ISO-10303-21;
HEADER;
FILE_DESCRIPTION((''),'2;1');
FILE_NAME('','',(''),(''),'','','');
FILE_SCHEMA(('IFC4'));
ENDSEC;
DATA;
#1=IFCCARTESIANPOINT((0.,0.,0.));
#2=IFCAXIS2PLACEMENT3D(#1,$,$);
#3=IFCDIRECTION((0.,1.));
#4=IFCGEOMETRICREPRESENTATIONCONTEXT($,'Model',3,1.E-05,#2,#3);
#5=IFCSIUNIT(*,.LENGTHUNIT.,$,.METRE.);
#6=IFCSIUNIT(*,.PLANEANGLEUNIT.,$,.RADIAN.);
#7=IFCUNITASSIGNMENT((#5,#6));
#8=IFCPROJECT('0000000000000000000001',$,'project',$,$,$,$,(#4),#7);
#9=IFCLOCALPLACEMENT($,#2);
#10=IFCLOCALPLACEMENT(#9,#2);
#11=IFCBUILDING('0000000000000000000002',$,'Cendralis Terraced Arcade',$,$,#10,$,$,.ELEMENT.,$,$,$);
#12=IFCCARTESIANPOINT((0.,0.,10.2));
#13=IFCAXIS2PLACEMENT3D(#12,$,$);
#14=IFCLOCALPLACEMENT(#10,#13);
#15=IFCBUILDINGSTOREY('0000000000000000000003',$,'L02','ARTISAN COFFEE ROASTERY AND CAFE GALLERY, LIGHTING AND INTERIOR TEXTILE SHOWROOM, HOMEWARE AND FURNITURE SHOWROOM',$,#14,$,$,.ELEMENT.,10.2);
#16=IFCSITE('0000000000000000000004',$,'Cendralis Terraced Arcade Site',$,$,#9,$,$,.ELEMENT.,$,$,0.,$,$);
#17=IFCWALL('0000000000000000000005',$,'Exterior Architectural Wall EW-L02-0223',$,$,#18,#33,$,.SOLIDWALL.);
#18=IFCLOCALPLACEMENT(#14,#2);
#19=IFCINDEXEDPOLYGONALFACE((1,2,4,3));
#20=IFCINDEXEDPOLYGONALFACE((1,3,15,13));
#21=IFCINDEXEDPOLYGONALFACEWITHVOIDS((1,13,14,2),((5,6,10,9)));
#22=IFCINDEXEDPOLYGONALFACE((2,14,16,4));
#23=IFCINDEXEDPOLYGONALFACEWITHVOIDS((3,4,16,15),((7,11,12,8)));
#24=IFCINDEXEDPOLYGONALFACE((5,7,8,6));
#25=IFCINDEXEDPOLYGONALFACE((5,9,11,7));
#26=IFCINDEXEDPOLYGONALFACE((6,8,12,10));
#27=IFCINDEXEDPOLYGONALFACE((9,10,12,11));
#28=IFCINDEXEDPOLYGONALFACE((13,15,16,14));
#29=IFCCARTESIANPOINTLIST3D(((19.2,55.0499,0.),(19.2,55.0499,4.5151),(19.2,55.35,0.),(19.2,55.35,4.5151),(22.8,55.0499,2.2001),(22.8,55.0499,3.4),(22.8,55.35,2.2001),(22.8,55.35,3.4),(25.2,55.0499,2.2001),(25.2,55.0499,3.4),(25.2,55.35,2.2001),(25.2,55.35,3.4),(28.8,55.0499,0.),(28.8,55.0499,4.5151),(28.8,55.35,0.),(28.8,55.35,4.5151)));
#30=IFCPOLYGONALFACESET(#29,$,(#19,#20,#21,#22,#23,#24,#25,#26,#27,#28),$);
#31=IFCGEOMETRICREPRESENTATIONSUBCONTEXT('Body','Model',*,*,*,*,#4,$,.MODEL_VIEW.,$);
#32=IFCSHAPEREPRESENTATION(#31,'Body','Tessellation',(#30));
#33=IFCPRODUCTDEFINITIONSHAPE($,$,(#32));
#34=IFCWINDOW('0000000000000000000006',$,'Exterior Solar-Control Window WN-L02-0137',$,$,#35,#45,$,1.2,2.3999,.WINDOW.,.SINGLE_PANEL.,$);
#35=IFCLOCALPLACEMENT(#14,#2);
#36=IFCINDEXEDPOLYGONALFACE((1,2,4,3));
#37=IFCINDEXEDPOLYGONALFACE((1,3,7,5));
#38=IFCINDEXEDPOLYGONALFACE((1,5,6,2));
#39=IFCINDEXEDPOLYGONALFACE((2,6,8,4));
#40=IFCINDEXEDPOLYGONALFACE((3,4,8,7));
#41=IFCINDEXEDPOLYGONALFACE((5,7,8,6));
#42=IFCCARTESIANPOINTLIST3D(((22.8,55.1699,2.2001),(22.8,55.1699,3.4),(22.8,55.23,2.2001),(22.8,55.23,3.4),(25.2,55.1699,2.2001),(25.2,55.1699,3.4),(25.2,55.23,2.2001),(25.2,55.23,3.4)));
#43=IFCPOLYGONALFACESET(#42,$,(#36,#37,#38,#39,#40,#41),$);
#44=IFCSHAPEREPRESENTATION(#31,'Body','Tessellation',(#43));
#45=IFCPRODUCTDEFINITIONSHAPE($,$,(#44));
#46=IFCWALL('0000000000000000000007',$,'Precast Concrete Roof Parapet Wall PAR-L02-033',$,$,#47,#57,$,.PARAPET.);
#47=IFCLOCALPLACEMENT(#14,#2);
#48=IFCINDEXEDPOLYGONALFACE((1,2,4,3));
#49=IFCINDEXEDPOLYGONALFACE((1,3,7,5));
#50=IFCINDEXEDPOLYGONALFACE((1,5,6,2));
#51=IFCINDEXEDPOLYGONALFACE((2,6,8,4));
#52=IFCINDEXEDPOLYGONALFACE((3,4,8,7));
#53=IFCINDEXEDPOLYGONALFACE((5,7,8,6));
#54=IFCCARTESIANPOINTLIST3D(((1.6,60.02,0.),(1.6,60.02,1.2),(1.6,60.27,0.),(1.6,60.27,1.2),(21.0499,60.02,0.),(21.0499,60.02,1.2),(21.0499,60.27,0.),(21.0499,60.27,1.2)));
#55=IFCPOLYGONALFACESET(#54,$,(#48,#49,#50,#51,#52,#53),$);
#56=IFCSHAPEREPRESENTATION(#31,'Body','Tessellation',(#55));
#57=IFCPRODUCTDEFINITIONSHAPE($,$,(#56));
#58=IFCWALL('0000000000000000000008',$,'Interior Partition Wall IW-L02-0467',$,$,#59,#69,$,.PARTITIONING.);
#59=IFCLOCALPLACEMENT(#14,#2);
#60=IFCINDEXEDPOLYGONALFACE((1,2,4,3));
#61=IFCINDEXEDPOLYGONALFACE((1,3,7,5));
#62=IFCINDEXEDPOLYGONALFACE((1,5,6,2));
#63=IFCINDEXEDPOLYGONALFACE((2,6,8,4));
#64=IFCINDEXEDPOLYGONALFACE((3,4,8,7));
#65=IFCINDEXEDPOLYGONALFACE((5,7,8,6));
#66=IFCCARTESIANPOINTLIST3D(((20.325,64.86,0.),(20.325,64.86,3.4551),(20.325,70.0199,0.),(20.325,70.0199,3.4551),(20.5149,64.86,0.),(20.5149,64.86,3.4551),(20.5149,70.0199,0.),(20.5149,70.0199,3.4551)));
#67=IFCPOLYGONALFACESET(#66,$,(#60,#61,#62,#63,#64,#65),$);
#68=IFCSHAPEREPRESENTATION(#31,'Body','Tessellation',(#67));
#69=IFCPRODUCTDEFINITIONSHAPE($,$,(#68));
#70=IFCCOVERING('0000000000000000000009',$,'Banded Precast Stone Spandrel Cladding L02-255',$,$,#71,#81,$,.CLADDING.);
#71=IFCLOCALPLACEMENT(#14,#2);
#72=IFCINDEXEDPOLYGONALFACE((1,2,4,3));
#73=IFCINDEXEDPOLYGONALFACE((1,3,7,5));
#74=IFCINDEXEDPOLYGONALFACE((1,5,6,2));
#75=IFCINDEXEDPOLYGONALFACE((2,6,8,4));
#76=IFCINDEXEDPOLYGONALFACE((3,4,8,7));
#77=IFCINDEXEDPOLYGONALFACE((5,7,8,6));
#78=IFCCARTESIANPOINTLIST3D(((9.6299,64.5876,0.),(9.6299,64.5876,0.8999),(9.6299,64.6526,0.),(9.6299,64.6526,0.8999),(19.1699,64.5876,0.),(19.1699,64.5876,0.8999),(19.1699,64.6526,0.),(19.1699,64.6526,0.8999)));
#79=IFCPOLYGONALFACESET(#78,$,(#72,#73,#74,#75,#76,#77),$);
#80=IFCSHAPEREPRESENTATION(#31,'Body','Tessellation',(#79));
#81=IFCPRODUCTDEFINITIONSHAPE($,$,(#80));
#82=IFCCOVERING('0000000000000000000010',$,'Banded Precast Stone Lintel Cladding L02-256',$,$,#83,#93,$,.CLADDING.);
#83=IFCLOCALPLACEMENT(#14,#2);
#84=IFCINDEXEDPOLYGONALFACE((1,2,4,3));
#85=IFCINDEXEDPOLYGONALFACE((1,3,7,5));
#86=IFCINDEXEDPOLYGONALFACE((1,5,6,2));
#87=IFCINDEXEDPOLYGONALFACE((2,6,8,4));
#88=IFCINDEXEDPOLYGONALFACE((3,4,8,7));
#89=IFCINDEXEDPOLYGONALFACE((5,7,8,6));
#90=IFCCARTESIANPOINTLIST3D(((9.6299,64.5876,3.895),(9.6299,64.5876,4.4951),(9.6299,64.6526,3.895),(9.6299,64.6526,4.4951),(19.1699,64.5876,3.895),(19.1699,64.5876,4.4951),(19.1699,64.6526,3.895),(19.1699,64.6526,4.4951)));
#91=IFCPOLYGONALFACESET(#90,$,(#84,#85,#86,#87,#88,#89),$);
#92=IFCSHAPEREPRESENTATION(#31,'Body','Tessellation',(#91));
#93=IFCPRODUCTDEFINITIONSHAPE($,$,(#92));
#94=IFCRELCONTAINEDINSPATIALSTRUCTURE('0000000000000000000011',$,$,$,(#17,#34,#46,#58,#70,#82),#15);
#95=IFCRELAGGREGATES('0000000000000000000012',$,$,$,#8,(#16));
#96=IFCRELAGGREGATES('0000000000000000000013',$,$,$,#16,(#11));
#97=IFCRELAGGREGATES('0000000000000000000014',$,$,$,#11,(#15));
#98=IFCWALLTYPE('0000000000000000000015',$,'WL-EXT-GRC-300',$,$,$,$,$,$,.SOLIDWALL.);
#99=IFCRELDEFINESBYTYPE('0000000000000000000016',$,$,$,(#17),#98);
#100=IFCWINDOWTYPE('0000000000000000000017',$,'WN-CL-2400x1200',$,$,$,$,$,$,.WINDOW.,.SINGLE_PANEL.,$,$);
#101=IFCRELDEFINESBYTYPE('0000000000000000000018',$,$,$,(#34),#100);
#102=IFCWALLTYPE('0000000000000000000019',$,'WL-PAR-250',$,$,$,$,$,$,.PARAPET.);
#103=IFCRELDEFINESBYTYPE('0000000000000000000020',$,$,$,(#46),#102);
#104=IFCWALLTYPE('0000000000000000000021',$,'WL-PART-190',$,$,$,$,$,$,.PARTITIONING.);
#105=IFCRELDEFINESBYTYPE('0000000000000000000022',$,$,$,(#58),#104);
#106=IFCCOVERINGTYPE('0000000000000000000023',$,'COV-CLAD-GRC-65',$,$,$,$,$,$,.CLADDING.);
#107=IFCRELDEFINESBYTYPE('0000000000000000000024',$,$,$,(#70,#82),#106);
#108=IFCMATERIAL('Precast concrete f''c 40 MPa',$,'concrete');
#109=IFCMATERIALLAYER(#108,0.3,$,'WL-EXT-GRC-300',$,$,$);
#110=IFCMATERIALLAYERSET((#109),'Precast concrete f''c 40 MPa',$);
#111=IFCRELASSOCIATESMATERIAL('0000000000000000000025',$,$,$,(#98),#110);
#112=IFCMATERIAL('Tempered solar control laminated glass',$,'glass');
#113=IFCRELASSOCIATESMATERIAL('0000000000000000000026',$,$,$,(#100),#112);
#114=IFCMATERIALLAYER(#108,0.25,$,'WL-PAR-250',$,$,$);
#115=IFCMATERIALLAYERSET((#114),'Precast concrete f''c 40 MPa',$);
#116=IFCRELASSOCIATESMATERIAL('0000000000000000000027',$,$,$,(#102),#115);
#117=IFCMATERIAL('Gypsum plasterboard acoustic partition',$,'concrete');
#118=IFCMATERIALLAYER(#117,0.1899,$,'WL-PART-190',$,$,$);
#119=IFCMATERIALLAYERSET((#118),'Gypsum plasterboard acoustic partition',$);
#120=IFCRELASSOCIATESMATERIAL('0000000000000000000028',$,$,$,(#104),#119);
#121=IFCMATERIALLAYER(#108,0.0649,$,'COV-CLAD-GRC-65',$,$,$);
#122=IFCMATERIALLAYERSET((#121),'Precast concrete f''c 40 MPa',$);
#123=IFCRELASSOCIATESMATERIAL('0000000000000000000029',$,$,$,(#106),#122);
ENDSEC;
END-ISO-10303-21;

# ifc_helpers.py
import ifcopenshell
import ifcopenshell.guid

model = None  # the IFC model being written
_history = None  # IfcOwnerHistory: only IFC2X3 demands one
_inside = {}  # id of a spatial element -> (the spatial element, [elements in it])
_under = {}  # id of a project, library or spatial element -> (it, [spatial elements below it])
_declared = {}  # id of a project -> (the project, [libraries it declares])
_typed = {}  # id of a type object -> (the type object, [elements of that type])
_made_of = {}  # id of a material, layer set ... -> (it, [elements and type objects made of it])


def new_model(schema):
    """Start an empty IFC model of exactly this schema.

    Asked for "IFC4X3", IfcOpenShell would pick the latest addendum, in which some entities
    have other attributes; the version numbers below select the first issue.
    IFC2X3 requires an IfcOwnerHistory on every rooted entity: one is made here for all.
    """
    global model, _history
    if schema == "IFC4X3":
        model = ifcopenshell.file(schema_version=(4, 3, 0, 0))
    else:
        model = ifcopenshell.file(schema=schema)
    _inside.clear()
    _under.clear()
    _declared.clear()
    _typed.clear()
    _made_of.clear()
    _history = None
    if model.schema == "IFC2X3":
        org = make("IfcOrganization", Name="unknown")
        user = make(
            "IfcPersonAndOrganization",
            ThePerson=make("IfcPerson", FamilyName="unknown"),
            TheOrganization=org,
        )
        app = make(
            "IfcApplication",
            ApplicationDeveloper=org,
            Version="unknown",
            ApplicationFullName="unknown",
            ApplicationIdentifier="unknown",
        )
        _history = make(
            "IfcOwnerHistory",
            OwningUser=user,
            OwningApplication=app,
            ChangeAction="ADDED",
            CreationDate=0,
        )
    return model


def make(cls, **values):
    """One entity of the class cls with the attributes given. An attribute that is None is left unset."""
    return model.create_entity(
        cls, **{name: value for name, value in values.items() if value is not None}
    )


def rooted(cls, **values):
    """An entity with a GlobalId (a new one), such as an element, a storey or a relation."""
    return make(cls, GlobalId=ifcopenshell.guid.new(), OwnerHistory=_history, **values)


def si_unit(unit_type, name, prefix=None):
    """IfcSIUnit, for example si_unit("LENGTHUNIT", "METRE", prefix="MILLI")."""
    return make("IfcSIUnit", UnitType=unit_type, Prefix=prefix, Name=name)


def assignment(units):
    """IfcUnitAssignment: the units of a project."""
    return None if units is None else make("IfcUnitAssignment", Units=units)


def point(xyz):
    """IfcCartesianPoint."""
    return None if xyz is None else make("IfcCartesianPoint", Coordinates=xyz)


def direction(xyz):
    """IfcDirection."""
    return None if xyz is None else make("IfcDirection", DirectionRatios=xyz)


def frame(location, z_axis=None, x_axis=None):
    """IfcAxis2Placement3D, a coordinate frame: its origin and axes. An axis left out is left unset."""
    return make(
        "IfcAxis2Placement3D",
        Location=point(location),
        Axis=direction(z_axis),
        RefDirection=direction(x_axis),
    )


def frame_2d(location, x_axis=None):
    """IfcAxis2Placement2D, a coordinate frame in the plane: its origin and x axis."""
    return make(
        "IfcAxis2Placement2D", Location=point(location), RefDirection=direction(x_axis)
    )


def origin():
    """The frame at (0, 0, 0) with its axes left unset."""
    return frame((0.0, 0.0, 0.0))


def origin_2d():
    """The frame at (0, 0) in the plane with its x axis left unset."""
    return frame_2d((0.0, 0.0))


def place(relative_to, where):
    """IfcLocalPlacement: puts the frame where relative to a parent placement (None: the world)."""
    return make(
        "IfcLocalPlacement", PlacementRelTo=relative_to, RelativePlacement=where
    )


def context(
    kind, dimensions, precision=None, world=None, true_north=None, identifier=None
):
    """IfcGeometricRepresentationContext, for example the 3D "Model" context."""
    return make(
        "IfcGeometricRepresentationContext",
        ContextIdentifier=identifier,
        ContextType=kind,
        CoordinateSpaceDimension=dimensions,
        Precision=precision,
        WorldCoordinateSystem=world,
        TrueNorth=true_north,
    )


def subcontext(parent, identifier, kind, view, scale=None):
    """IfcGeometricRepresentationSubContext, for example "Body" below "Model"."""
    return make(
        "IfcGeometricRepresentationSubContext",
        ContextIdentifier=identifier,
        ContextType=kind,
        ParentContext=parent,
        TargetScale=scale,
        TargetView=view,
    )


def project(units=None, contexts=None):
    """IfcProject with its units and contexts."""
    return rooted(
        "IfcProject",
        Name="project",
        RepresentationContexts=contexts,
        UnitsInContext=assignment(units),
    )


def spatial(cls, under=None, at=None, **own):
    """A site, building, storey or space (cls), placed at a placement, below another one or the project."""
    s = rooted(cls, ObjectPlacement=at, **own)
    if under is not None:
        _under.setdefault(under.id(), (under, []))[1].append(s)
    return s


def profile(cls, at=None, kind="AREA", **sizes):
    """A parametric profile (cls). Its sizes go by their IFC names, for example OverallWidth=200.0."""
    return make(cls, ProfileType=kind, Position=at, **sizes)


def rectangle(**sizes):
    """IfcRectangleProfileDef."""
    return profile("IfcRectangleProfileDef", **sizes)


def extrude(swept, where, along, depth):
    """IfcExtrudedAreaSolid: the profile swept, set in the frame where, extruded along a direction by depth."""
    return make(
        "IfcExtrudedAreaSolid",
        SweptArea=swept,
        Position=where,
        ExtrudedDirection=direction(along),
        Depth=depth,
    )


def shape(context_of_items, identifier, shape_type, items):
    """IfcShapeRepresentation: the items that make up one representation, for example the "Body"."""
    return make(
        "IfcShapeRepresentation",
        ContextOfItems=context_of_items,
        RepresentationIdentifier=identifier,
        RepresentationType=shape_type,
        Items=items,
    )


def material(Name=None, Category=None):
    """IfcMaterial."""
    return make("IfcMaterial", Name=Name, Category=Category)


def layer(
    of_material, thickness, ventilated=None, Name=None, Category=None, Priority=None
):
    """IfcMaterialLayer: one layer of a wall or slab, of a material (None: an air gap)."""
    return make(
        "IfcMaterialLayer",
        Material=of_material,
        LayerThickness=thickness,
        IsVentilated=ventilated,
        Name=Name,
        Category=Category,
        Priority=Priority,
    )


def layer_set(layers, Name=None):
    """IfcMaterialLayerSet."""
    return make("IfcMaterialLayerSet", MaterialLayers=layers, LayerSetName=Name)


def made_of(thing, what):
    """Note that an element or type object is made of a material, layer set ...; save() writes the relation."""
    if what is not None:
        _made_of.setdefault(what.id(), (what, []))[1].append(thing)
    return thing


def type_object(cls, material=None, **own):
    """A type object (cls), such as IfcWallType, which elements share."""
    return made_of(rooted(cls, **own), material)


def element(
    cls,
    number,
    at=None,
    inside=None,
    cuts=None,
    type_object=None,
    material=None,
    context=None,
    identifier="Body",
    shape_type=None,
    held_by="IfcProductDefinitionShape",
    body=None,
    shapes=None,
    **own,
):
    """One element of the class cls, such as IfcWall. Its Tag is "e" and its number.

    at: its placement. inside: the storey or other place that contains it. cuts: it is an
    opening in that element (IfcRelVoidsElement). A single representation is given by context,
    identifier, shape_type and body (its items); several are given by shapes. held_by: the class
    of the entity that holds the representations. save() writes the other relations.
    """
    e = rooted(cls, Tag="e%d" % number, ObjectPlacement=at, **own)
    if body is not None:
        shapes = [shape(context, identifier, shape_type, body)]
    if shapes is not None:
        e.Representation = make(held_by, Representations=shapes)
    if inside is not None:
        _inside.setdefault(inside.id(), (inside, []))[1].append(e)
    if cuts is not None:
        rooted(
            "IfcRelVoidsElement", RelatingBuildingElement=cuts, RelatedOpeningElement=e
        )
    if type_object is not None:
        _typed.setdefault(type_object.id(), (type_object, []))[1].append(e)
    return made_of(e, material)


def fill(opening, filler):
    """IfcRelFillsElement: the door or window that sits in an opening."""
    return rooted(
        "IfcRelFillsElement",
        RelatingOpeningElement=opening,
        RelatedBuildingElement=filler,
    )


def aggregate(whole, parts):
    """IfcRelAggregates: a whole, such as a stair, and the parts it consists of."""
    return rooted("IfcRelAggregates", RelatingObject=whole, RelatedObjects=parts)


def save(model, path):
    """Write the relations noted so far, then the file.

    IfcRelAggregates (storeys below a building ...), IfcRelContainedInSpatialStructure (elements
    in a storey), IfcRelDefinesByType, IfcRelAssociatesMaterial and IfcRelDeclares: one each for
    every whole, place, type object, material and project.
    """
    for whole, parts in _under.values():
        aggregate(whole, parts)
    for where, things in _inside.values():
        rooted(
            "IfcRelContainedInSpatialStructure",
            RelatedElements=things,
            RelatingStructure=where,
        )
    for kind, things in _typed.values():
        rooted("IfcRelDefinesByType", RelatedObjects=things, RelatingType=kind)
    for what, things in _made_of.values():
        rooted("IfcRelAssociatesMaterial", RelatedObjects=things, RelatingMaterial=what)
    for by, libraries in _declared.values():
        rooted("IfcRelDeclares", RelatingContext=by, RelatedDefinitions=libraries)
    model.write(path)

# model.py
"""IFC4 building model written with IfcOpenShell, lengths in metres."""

from ifc_helpers import new_model, si_unit, direction, frame, frame_2d, origin, origin_2d, place, context, subcontext, project, spatial, rectangle, extrude, material, layer, layer_set, type_object, element, fill, save


model = new_model("IFC4")

# Units and contexts
model_context = context("Model", 3, precision=1e-05, world=origin(), true_north=direction((0.0, 1.0)))
body_context = subcontext(model_context, "Body", "Model", "MODEL_VIEW")
ifc_project = project(units=[si_unit("LENGTHUNIT", "METRE"), si_unit("PLANEANGLEUNIT", "RADIAN")], contexts=[model_context])

# Site, building, storey
site_placement = place(None, origin())
site = spatial("IfcSite", under=ifc_project, at=site_placement, Name="Cendralis Terraced Arcade Site", CompositionType="ELEMENT", RefElevation=0.0)
building_placement = place(site_placement, origin())
building = spatial("IfcBuilding", under=site, at=building_placement, Name="Cendralis Terraced Arcade", CompositionType="ELEMENT")
storey_placement = place(building_placement, frame((0.0, 0.0, 10.2)))
storey = spatial("IfcBuildingStorey", under=building, at=storey_placement, Name="L02", Description="ARTISAN COFFEE ROASTERY AND CAFE GALLERY, LIGHTING AND INTERIOR TEXTILE SHOWROOM, HOMEWARE AND FURNITURE SHOWROOM", CompositionType="ELEMENT", Elevation=10.2)

# Shared definitions
ifc_material_1 = material(Name="Tempered solar control laminated glass", Category="glass")

# Wall, opening, window
ifc_material_2 = material(Name="Precast concrete f'c 40 MPa", Category="concrete")
ifc_layer_1 = layer(ifc_material_2, 0.3, Name="WL-EXT-GRC-300")
ifc_layer_set_1 = layer_set([ifc_layer_1], Name="Precast concrete f'c 40 MPa")
wall_type_1 = type_object("IfcWallType", Name="WL-EXT-GRC-300", PredefinedType="SOLIDWALL", material=ifc_layer_set_1)
wall_1_placement = place(storey_placement, frame((19.2, 55.2, 0.0), z_axis=(0.0, 0.0, 1.0), x_axis=(1.0, 0.0, 0.0)))
wall_1 = element("IfcWall", 1, at=wall_1_placement, inside=storey, type_object=wall_type_1, Name="Exterior Architectural Wall EW-L02-0223", PredefinedType="SOLIDWALL", context=body_context, shape_type="SweptSolid", body=[
    extrude(rectangle(XDim=9.6001, YDim=0.3, at=frame_2d((4.8, 0.0))), origin(), (0.0, 0.0, 1.0), 4.5151),
])
opening_1_placement = place(wall_1_placement, frame((3.6001, 0.0, 2.2)))
opening_1 = element("IfcOpeningElement", 2, at=opening_1_placement, cuts=wall_1, PredefinedType="OPENING", context=body_context, shape_type="SweptSolid", body=[
    extrude(rectangle(XDim=2.3999, YDim=1.2, at=frame_2d((1.2, 0.6001))), frame((0.0, 0.1621, 0.0), z_axis=(0.0, -1.0, 0.0), x_axis=(1.0, 0.0, 0.0)), (0.0, 0.0, 1.0), 0.324),
])
window_type_1 = type_object("IfcWindowType", Name="WN-CL-2400x1200", PartitioningType="SINGLE_PANEL", PredefinedType="WINDOW", material=ifc_material_1)
window_1_placement = place(opening_1_placement, origin())
window_1 = element("IfcWindow", 3, at=window_1_placement, inside=storey, type_object=window_type_1, Name="Exterior Solar-Control Window WN-L02-0137", OverallHeight=1.2, OverallWidth=2.3999, PartitioningType="SINGLE_PANEL", PredefinedType="WINDOW", context=body_context, shape_type="SweptSolid", body=[
    extrude(rectangle(XDim=2.3999, YDim=1.2, at=frame_2d((1.2, 0.6001))), frame((0.0, 0.03, 0.0), z_axis=(0.0, -1.0, 0.0), x_axis=(1.0, 0.0, 0.0)), (0.0, 0.0, 1.0), 0.0601),
])
fill(opening_1, window_1)

# Walls
ifc_layer_2 = layer(ifc_material_2, 0.25, Name="WL-PAR-250")
ifc_layer_set_2 = layer_set([ifc_layer_2], Name="Precast concrete f'c 40 MPa")
wall_type_2 = type_object("IfcWallType", Name="WL-PAR-250", PredefinedType="PARAPET", material=ifc_layer_set_2)
wall_2_placement = place(storey_placement, frame((21.05, 60.145, 0.0), z_axis=(0.0, 0.0, 1.0), x_axis=(-1.0, 0.0, 0.0)))
element("IfcWall", 4, at=wall_2_placement, inside=storey, type_object=wall_type_2, Name="Precast Concrete Roof Parapet Wall PAR-L02-033", PredefinedType="PARAPET", context=body_context, shape_type="SweptSolid", body=[
    extrude(rectangle(XDim=19.45, YDim=0.25, at=frame_2d((9.7251, 0.0))), origin(), (0.0, 0.0, 1.0), 1.2),
])
ifc_material_3 = material(Name="Gypsum plasterboard acoustic partition", Category="concrete")
ifc_layer_3 = layer(ifc_material_3, 0.1899, Name="WL-PART-190")
ifc_layer_set_3 = layer_set([ifc_layer_3], Name="Gypsum plasterboard acoustic partition")
wall_type_3 = type_object("IfcWallType", Name="WL-PART-190", PredefinedType="PARTITIONING", material=ifc_layer_set_3)
wall_3_placement = place(storey_placement, frame((20.4199, 70.02, 0.0), z_axis=(0.0, 0.0, 1.0), x_axis=(0.0, -1.0, 0.0)))
element("IfcWall", 5, at=wall_3_placement, inside=storey, type_object=wall_type_3, Name="Interior Partition Wall IW-L02-0467", PredefinedType="PARTITIONING", context=body_context, shape_type="SweptSolid", body=[
    extrude(rectangle(XDim=5.1599, YDim=0.1899, at=frame_2d((2.5801, 0.0))), origin(), (0.0, 0.0, 1.0), 3.4551),
])

# Coverings
ifc_layer_4 = layer(ifc_material_2, 0.0649, Name="COV-CLAD-GRC-65")
ifc_layer_set_4 = layer_set([ifc_layer_4], Name="Precast concrete f'c 40 MPa")
covering_type = type_object("IfcCoveringType", Name="COV-CLAD-GRC-65", PredefinedType="CLADDING", material=ifc_layer_set_4)
covering_1_placement = place(storey_placement, frame((14.3999, 64.6201, 0.0), z_axis=(0.0, 0.0, 1.0), x_axis=(-1.0, 0.0, 0.0)))
element("IfcCovering", 6, at=covering_1_placement, inside=storey, type_object=covering_type, Name="Banded Precast Stone Spandrel Cladding L02-255", PredefinedType="CLADDING", context=body_context, shape_type="SweptSolid", body=[
    extrude(rectangle(XDim=9.54, YDim=0.0649, at=origin_2d()), origin(), (0.0, 0.0, 1.0), 0.8999),
])
covering_2_placement = place(storey_placement, frame((14.3999, 64.6201, 3.895), z_axis=(0.0, 0.0, 1.0), x_axis=(-1.0, 0.0, 0.0)))
element("IfcCovering", 7, at=covering_2_placement, inside=storey, type_object=covering_type, Name="Banded Precast Stone Lintel Cladding L02-256", PredefinedType="CLADDING", context=body_context, shape_type="SweptSolid", body=[
    extrude(rectangle(XDim=9.54, YDim=0.0649, at=origin_2d()), origin(), (0.0, 0.0, 1.0), 0.6001),
])

save(model, "model.ifc")
